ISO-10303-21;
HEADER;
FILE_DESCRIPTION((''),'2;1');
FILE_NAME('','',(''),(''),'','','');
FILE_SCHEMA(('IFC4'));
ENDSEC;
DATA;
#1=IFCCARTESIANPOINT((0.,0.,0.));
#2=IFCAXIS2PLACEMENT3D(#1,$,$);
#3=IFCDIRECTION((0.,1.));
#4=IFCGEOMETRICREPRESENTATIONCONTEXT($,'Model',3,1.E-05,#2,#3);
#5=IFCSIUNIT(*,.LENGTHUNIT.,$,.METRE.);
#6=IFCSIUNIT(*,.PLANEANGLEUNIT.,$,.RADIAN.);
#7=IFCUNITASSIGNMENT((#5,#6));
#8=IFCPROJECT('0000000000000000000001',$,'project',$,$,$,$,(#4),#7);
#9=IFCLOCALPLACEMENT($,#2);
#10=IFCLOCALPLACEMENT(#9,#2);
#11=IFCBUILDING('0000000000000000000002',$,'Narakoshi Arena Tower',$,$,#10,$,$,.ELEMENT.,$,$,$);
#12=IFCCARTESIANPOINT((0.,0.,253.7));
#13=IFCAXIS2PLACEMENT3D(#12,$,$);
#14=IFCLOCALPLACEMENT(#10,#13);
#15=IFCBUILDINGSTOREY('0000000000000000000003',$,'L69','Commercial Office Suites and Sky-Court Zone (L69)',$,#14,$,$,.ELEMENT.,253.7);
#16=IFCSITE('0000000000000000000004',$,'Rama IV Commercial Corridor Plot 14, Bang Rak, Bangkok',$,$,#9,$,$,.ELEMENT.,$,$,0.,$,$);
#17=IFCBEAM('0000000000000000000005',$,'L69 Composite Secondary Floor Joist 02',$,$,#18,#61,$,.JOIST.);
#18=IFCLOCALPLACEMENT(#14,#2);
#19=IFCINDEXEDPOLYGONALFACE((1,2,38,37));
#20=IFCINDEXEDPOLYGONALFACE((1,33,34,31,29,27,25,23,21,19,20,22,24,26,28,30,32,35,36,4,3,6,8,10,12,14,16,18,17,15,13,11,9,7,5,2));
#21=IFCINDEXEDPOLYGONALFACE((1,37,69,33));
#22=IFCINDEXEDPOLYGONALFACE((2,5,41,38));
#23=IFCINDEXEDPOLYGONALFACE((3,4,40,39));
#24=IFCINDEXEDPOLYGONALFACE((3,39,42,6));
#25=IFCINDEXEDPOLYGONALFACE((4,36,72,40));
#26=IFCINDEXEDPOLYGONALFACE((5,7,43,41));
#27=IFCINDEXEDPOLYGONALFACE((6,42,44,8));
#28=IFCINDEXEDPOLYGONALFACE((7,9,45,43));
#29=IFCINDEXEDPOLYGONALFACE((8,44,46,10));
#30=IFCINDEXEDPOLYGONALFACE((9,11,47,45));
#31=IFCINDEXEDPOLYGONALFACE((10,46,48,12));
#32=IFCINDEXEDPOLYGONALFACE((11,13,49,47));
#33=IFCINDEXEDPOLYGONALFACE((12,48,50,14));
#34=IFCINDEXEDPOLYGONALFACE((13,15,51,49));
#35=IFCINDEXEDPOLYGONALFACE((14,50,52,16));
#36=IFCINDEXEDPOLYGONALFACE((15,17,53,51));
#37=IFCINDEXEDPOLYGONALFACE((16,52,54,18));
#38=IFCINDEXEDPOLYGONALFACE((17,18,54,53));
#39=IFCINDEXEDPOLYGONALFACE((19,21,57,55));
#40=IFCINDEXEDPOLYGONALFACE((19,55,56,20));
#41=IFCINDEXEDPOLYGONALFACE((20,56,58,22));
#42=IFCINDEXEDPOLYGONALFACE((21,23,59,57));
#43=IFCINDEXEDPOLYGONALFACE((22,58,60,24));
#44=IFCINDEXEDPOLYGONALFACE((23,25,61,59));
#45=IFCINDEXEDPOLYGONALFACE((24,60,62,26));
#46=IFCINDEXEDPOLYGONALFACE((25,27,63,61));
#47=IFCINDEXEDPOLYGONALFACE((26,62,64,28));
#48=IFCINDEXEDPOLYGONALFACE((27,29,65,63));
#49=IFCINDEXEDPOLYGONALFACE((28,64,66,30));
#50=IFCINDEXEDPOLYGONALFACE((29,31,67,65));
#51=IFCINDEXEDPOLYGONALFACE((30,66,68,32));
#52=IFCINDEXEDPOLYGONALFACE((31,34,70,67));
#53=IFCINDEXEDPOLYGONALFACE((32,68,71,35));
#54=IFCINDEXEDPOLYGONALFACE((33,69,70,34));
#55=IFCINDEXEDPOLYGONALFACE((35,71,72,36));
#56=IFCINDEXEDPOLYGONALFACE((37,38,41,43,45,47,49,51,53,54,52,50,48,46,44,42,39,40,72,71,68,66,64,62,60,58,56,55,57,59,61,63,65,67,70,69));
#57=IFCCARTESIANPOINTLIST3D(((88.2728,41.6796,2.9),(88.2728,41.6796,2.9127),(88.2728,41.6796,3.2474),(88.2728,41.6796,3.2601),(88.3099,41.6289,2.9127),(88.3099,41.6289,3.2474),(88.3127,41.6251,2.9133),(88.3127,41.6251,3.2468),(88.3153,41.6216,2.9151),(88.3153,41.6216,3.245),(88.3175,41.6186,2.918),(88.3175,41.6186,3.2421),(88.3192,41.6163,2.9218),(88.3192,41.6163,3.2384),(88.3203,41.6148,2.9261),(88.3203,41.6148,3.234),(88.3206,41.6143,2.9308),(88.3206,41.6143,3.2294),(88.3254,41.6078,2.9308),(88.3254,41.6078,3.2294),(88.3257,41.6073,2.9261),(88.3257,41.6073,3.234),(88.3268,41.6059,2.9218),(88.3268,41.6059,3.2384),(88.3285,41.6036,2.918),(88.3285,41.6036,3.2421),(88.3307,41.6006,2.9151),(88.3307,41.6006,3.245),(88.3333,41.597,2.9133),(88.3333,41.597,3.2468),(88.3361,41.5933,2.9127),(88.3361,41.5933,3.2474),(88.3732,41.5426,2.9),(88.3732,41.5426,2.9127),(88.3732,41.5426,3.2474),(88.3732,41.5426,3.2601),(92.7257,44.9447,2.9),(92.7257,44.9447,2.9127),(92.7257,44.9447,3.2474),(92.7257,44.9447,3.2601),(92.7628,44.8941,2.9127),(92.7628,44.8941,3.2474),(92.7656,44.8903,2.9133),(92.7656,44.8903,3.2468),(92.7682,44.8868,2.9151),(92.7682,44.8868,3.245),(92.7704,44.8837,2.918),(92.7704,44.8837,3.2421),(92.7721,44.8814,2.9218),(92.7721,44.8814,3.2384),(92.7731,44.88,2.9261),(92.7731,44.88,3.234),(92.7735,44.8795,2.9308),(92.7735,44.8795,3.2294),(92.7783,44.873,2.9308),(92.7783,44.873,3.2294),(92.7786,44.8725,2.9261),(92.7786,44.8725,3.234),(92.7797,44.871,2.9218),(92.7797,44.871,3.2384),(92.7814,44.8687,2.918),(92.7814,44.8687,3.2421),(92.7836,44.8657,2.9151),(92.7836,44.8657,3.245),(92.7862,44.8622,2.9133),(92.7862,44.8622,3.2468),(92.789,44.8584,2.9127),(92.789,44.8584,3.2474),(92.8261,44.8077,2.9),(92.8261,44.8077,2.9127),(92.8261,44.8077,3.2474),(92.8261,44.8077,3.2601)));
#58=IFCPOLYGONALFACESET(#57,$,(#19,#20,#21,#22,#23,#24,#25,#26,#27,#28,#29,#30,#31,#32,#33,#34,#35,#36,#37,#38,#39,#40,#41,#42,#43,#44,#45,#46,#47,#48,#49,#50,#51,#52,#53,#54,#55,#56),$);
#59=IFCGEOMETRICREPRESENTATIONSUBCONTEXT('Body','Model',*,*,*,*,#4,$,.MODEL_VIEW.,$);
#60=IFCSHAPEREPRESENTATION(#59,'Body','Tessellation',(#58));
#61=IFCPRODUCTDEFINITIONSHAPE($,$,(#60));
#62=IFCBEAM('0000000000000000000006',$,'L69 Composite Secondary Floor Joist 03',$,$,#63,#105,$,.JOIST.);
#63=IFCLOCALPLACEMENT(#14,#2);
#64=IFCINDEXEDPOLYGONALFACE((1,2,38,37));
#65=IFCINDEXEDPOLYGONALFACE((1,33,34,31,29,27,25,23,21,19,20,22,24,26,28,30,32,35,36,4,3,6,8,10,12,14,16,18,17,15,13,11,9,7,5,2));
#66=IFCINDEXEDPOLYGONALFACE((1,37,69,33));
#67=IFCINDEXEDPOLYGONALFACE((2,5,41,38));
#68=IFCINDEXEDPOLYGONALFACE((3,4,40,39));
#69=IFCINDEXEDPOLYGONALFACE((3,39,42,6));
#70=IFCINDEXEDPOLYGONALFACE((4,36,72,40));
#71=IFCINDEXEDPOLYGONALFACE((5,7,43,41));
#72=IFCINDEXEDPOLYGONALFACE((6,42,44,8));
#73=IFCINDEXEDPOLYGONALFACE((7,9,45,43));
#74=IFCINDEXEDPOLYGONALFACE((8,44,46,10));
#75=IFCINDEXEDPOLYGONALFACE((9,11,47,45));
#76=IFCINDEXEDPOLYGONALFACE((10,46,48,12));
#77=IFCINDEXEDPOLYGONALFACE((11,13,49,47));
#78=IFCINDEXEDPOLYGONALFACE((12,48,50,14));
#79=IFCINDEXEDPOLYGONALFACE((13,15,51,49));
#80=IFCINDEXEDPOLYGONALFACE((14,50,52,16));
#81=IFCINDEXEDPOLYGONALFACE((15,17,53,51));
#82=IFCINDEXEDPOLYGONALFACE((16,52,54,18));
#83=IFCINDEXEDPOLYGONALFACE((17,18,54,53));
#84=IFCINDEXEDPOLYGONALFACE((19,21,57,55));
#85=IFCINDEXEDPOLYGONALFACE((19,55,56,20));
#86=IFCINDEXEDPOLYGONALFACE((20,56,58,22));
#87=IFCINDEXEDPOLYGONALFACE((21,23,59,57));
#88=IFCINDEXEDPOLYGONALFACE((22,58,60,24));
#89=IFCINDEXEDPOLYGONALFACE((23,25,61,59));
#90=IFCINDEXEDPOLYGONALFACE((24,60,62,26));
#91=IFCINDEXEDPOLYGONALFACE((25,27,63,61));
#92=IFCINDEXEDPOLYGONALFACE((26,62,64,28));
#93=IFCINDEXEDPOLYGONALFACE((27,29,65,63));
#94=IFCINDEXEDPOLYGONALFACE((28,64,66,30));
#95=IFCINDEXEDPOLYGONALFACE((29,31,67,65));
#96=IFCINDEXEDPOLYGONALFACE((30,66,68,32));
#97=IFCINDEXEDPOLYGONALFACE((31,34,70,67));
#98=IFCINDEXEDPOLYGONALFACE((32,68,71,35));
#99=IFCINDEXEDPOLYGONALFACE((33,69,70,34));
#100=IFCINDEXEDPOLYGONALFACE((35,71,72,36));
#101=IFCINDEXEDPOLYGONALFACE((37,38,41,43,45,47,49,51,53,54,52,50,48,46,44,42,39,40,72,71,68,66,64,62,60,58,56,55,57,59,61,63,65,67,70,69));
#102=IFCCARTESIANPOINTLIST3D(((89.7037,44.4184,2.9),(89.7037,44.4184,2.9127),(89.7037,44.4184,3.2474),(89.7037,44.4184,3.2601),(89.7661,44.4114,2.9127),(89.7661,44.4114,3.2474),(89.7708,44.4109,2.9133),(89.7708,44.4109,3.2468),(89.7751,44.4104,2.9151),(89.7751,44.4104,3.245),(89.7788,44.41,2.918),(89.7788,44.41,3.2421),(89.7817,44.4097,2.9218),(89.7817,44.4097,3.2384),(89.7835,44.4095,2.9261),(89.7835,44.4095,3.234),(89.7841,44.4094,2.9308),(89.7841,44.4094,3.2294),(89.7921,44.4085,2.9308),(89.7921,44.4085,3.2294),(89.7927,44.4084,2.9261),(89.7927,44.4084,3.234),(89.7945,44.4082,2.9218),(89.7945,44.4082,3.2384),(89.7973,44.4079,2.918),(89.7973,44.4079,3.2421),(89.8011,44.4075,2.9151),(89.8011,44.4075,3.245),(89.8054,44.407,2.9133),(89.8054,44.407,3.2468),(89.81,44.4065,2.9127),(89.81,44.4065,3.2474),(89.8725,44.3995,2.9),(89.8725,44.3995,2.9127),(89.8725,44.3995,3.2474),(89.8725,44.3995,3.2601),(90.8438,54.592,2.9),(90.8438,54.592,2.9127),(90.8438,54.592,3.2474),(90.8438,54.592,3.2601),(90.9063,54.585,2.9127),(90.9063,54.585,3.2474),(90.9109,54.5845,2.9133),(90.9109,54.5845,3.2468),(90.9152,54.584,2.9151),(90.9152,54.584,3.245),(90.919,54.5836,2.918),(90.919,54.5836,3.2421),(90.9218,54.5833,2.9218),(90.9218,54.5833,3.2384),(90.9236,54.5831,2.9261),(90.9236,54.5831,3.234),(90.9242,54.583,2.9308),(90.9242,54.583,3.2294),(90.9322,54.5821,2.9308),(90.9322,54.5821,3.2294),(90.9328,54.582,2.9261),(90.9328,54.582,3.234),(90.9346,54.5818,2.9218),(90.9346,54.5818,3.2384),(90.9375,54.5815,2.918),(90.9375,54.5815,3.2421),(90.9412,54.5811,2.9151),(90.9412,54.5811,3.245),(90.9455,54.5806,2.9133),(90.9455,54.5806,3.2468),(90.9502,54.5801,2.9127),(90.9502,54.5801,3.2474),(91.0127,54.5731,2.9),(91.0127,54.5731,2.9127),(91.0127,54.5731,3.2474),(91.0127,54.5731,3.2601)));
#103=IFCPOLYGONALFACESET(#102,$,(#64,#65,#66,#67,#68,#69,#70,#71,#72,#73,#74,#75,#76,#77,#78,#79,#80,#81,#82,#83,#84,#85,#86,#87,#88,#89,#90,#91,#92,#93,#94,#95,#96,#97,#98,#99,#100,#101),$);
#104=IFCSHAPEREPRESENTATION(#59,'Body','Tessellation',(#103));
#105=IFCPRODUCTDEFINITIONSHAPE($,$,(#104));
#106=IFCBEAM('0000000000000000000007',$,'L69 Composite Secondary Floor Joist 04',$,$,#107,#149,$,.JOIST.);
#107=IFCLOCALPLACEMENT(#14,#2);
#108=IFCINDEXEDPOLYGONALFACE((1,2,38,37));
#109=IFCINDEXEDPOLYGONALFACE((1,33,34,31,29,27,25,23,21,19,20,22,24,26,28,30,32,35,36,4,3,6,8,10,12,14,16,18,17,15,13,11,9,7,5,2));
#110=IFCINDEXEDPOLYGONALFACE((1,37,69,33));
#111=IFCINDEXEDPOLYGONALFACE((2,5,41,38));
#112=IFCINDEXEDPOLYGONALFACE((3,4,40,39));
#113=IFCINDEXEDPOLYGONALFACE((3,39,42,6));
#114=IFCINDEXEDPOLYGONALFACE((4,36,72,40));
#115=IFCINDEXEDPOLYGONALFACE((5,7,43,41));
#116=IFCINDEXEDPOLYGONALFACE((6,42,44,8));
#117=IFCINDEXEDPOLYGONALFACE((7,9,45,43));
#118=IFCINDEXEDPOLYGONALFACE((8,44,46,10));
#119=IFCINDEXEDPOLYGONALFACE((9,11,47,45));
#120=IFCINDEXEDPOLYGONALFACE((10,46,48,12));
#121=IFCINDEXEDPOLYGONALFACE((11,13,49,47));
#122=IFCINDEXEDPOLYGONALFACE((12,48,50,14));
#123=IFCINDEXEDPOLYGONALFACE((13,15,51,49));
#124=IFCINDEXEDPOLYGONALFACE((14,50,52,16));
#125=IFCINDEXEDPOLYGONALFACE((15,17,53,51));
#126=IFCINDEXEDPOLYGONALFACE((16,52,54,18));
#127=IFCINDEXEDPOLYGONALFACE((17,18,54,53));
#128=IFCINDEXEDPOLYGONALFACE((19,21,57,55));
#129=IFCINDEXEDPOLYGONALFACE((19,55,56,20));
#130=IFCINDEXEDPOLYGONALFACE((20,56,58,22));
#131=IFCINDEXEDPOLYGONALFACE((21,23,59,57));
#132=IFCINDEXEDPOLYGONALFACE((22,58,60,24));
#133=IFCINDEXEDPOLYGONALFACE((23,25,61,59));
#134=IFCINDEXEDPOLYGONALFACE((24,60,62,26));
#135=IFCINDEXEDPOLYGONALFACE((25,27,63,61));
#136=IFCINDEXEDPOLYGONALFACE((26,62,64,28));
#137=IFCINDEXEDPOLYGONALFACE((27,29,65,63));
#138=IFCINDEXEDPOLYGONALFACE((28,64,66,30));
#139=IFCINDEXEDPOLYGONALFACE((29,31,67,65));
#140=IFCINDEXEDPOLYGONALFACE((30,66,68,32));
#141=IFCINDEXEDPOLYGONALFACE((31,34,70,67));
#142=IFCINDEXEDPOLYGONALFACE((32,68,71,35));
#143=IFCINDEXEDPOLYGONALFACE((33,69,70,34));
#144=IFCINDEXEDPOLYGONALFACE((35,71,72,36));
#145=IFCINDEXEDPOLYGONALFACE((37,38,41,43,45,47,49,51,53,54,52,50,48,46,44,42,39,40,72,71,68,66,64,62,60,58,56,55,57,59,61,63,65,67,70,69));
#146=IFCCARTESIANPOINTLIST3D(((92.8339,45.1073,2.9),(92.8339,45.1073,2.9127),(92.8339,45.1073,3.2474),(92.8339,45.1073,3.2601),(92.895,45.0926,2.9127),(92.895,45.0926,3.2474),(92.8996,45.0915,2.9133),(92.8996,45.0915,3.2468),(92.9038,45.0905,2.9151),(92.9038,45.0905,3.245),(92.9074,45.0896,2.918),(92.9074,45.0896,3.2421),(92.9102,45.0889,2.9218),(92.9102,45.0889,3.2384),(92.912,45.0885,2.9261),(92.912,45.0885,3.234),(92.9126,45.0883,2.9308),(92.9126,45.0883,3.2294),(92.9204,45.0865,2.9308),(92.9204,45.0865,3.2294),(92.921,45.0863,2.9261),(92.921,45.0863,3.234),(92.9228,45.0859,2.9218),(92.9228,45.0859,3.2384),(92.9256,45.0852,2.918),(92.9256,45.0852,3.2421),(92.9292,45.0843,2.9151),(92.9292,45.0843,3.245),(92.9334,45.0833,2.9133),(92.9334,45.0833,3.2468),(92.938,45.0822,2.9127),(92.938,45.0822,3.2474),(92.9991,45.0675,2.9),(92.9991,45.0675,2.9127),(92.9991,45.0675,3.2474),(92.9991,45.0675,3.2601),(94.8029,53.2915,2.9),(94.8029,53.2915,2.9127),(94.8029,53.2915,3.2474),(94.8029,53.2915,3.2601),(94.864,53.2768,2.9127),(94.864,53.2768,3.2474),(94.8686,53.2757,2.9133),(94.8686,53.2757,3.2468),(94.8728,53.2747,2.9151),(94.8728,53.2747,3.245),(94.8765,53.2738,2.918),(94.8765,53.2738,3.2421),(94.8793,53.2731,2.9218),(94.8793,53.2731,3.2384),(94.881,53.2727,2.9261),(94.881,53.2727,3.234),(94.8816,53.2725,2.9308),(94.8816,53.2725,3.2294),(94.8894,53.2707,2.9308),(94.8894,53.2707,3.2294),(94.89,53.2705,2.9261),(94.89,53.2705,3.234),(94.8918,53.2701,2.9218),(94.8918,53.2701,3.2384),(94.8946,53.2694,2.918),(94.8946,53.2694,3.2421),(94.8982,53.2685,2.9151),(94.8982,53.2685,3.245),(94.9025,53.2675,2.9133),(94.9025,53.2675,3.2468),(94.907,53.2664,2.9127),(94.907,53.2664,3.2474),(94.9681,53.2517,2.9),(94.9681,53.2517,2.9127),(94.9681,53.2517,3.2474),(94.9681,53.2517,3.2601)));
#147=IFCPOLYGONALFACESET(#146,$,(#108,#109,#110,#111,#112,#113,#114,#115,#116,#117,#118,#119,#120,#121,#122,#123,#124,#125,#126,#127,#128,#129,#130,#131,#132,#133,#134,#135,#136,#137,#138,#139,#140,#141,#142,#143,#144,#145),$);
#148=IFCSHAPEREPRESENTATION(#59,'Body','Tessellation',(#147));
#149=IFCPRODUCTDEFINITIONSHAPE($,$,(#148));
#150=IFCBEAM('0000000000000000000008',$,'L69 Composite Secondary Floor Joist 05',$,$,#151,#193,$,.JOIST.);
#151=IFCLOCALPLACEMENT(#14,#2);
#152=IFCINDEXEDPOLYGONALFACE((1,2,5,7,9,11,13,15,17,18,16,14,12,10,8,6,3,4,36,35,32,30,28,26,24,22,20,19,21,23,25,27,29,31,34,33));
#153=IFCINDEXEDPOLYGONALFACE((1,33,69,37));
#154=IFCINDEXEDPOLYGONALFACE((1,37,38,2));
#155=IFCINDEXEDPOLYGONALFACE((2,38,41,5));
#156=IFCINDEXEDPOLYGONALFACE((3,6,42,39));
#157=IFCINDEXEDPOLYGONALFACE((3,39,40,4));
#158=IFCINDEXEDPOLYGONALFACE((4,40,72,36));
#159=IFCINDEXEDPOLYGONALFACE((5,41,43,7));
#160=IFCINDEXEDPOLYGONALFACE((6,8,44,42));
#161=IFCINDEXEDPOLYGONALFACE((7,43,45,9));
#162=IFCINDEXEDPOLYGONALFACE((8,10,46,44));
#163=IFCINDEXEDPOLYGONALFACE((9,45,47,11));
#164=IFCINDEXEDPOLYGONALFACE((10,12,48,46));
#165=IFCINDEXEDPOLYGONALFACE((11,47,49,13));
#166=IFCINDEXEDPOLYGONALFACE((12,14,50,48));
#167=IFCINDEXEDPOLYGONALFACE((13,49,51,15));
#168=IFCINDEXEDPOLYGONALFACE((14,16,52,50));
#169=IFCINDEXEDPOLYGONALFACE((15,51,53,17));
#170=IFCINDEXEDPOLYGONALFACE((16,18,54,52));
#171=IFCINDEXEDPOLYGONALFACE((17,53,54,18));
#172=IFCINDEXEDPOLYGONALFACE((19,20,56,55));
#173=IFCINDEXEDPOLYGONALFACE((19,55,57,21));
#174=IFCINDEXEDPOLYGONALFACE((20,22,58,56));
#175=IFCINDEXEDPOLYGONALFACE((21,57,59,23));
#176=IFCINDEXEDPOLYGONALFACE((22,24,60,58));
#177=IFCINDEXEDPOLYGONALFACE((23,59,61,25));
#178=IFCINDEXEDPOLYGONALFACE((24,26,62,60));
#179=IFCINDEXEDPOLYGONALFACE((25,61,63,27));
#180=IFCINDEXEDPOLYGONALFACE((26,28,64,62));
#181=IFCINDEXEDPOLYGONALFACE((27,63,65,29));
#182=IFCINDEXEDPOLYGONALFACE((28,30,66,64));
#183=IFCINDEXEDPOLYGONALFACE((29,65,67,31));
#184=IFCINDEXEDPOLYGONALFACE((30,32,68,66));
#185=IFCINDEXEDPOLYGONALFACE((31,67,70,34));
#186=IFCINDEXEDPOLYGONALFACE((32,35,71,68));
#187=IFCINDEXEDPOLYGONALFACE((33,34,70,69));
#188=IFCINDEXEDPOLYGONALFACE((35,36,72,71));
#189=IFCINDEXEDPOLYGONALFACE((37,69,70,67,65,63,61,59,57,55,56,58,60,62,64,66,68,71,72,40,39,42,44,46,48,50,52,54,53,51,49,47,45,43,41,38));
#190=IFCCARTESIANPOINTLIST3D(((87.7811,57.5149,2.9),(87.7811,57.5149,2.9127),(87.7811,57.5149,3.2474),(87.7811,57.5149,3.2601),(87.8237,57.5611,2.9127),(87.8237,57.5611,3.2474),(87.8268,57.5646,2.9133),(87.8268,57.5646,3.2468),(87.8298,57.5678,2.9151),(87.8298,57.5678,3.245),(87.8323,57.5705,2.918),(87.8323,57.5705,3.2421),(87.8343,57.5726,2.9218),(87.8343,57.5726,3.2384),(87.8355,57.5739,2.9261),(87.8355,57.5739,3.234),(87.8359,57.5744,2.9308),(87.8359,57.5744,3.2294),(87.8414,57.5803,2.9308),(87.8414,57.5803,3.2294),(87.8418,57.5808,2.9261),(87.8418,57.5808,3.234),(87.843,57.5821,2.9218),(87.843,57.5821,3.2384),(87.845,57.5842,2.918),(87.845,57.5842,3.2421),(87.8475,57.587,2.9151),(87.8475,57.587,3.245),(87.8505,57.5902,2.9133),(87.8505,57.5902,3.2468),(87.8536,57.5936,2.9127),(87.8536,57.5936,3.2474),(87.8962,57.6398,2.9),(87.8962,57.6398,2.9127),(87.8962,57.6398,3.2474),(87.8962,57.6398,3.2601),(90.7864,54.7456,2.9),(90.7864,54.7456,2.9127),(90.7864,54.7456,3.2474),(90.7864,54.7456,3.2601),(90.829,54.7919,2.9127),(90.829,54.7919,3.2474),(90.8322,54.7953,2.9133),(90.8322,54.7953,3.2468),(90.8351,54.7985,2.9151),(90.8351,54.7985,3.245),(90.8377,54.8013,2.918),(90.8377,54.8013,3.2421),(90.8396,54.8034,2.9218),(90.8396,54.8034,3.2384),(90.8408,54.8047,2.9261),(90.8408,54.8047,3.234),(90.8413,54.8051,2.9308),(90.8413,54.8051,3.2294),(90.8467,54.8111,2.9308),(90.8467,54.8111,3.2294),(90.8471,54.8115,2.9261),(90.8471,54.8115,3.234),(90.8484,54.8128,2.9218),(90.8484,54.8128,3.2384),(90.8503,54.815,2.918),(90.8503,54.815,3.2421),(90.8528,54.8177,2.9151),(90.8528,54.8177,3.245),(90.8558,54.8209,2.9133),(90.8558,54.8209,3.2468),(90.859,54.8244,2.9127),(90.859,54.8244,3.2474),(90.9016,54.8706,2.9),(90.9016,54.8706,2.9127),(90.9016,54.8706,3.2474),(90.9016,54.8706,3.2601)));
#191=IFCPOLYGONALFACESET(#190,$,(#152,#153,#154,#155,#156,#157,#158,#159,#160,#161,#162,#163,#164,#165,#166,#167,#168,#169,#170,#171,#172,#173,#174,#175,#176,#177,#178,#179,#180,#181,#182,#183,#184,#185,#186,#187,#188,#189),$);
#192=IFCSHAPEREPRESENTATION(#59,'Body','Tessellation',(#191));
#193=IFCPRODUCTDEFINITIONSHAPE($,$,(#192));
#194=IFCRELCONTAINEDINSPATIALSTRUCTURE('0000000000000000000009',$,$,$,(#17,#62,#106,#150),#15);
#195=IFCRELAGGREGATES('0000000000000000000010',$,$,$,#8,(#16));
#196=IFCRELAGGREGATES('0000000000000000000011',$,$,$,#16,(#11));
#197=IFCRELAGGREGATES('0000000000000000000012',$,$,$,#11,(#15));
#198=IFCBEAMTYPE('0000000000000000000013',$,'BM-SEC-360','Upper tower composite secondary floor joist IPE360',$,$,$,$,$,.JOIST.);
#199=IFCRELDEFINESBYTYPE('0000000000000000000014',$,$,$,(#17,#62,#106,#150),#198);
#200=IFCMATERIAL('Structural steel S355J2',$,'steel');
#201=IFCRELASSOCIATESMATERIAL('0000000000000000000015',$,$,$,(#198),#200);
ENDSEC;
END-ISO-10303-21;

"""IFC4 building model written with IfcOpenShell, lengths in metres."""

from ifc_helpers import new_model, si_unit, direction, frame, origin, origin_2d, place, context, subcontext, project, spatial, i_section, extrude, material, material_profile, profile_set, type_object, element, save


model = new_model("IFC4")

# Units and contexts
model_context = context("Model", 3, precision=1e-05, world=origin(), true_north=direction((0.0, 1.0)))
body_context = subcontext(model_context, "Body", "Model", "MODEL_VIEW")
ifc_project = project(units=[si_unit("LENGTHUNIT", "METRE"), si_unit("PLANEANGLEUNIT", "RADIAN")], contexts=[model_context])

# Site, building, storey
site_placement = place(None, origin())
site = spatial("IfcSite", under=ifc_project, at=site_placement, Name="Rama IV Commercial Corridor Plot 14, Bang Rak, Bangkok", CompositionType="ELEMENT", RefElevation=0.0)
building_placement = place(site_placement, origin())
building = spatial("IfcBuilding", under=site, at=building_placement, Name="Narakoshi Arena Tower", CompositionType="ELEMENT")
storey_placement = place(building_placement, frame((0.0, 0.0, 253.7)))
storey = spatial("IfcBuildingStorey", under=building, at=storey_placement, Name="L69", Description="Commercial Office Suites and Sky-Court Zone (L69)", CompositionType="ELEMENT", Elevation=253.7)

# Beams
ifc_material_1 = material(Name="Structural steel S355J2", Category="steel")
ifc_material_profile_1 = material_profile(ifc_material_1, i_section(OverallWidth=0.1699, OverallDepth=0.3601, WebThickness=0.0081, FlangeThickness=0.0127, FilletRadius=0.0181, at=origin_2d()), Name="IPE360")
ifc_profile_set_1 = profile_set([ifc_material_profile_1], Name="Structural steel S355J2")
beam_type_1 = type_object("IfcBeamType", Name="BM-SEC-360", Description="Upper tower composite secondary floor joist IPE360", PredefinedType="JOIST", material=ifc_profile_set_1)
beam_1_placement = place(storey_placement, frame((88.323, 41.6111, 3.0801), z_axis=(0.806432, 0.591327, 0.0), x_axis=(-0.591327, 0.806432, 0.0)))
element("IfcBeam", 1, at=beam_1_placement, inside=storey, type_object=beam_type_1, Name="L69 Composite Secondary Floor Joist 02", PredefinedType="JOIST", context=body_context, shape_type="SweptSolid", body=[
    extrude(i_section(OverallWidth=0.1699, OverallDepth=0.3601, WebThickness=0.0081, FlangeThickness=0.0127, FilletRadius=0.0181, at=origin_2d()), origin(), (0.0, 0.0, 1.0), 5.5217),
])
beam_2_placement = place(storey_placement, frame((89.7881, 44.4089, 3.0801), z_axis=(0.111371, 0.993779, 0.0), x_axis=(-0.993779, 0.111371, 0.0)))
element("IfcBeam", 2, at=beam_2_placement, inside=storey, type_object=beam_type_1, Name="L69 Composite Secondary Floor Joist 03", PredefinedType="JOIST", context=body_context, shape_type="SweptSolid", body=[
    extrude(i_section(OverallWidth=0.1699, OverallDepth=0.3601, WebThickness=0.0081, FlangeThickness=0.0127, FilletRadius=0.0181, at=origin_2d()), origin(), (0.0, 0.0, 1.0), 10.2373),
])
beam_3_placement = place(storey_placement, frame((92.9165, 45.0874, 3.0801), z_axis=(0.233914, 0.972257, 0.0), x_axis=(-0.972257, 0.233914, 0.0)))
element("IfcBeam", 3, at=beam_3_placement, inside=storey, type_object=beam_type_1, Name="L69 Composite Secondary Floor Joist 04", PredefinedType="JOIST", context=body_context, shape_type="SweptSolid", body=[
    extrude(i_section(OverallWidth=0.1699, OverallDepth=0.3601, WebThickness=0.0081, FlangeThickness=0.0127, FilletRadius=0.0181, at=origin_2d()), origin(), (0.0, 0.0, 1.0), 8.4177),
])
beam_4_placement = place(storey_placement, frame((90.844, 54.8081, 3.0801), z_axis=(-0.735401, 0.677632, 0.0), x_axis=(-0.677632, -0.735401, 0.0)))
element("IfcBeam", 4, at=beam_4_placement, inside=storey, type_object=beam_type_1, Name="L69 Composite Secondary Floor Joist 05", PredefinedType="JOIST", context=body_context, shape_type="SweptSolid", body=[
    extrude(i_section(OverallWidth=0.1699, OverallDepth=0.3601, WebThickness=0.0081, FlangeThickness=0.0127, FilletRadius=0.0181, at=origin_2d()), origin(), (0.0, 0.0, 1.0), 4.0867),
])

save(model, "model.ifc")
